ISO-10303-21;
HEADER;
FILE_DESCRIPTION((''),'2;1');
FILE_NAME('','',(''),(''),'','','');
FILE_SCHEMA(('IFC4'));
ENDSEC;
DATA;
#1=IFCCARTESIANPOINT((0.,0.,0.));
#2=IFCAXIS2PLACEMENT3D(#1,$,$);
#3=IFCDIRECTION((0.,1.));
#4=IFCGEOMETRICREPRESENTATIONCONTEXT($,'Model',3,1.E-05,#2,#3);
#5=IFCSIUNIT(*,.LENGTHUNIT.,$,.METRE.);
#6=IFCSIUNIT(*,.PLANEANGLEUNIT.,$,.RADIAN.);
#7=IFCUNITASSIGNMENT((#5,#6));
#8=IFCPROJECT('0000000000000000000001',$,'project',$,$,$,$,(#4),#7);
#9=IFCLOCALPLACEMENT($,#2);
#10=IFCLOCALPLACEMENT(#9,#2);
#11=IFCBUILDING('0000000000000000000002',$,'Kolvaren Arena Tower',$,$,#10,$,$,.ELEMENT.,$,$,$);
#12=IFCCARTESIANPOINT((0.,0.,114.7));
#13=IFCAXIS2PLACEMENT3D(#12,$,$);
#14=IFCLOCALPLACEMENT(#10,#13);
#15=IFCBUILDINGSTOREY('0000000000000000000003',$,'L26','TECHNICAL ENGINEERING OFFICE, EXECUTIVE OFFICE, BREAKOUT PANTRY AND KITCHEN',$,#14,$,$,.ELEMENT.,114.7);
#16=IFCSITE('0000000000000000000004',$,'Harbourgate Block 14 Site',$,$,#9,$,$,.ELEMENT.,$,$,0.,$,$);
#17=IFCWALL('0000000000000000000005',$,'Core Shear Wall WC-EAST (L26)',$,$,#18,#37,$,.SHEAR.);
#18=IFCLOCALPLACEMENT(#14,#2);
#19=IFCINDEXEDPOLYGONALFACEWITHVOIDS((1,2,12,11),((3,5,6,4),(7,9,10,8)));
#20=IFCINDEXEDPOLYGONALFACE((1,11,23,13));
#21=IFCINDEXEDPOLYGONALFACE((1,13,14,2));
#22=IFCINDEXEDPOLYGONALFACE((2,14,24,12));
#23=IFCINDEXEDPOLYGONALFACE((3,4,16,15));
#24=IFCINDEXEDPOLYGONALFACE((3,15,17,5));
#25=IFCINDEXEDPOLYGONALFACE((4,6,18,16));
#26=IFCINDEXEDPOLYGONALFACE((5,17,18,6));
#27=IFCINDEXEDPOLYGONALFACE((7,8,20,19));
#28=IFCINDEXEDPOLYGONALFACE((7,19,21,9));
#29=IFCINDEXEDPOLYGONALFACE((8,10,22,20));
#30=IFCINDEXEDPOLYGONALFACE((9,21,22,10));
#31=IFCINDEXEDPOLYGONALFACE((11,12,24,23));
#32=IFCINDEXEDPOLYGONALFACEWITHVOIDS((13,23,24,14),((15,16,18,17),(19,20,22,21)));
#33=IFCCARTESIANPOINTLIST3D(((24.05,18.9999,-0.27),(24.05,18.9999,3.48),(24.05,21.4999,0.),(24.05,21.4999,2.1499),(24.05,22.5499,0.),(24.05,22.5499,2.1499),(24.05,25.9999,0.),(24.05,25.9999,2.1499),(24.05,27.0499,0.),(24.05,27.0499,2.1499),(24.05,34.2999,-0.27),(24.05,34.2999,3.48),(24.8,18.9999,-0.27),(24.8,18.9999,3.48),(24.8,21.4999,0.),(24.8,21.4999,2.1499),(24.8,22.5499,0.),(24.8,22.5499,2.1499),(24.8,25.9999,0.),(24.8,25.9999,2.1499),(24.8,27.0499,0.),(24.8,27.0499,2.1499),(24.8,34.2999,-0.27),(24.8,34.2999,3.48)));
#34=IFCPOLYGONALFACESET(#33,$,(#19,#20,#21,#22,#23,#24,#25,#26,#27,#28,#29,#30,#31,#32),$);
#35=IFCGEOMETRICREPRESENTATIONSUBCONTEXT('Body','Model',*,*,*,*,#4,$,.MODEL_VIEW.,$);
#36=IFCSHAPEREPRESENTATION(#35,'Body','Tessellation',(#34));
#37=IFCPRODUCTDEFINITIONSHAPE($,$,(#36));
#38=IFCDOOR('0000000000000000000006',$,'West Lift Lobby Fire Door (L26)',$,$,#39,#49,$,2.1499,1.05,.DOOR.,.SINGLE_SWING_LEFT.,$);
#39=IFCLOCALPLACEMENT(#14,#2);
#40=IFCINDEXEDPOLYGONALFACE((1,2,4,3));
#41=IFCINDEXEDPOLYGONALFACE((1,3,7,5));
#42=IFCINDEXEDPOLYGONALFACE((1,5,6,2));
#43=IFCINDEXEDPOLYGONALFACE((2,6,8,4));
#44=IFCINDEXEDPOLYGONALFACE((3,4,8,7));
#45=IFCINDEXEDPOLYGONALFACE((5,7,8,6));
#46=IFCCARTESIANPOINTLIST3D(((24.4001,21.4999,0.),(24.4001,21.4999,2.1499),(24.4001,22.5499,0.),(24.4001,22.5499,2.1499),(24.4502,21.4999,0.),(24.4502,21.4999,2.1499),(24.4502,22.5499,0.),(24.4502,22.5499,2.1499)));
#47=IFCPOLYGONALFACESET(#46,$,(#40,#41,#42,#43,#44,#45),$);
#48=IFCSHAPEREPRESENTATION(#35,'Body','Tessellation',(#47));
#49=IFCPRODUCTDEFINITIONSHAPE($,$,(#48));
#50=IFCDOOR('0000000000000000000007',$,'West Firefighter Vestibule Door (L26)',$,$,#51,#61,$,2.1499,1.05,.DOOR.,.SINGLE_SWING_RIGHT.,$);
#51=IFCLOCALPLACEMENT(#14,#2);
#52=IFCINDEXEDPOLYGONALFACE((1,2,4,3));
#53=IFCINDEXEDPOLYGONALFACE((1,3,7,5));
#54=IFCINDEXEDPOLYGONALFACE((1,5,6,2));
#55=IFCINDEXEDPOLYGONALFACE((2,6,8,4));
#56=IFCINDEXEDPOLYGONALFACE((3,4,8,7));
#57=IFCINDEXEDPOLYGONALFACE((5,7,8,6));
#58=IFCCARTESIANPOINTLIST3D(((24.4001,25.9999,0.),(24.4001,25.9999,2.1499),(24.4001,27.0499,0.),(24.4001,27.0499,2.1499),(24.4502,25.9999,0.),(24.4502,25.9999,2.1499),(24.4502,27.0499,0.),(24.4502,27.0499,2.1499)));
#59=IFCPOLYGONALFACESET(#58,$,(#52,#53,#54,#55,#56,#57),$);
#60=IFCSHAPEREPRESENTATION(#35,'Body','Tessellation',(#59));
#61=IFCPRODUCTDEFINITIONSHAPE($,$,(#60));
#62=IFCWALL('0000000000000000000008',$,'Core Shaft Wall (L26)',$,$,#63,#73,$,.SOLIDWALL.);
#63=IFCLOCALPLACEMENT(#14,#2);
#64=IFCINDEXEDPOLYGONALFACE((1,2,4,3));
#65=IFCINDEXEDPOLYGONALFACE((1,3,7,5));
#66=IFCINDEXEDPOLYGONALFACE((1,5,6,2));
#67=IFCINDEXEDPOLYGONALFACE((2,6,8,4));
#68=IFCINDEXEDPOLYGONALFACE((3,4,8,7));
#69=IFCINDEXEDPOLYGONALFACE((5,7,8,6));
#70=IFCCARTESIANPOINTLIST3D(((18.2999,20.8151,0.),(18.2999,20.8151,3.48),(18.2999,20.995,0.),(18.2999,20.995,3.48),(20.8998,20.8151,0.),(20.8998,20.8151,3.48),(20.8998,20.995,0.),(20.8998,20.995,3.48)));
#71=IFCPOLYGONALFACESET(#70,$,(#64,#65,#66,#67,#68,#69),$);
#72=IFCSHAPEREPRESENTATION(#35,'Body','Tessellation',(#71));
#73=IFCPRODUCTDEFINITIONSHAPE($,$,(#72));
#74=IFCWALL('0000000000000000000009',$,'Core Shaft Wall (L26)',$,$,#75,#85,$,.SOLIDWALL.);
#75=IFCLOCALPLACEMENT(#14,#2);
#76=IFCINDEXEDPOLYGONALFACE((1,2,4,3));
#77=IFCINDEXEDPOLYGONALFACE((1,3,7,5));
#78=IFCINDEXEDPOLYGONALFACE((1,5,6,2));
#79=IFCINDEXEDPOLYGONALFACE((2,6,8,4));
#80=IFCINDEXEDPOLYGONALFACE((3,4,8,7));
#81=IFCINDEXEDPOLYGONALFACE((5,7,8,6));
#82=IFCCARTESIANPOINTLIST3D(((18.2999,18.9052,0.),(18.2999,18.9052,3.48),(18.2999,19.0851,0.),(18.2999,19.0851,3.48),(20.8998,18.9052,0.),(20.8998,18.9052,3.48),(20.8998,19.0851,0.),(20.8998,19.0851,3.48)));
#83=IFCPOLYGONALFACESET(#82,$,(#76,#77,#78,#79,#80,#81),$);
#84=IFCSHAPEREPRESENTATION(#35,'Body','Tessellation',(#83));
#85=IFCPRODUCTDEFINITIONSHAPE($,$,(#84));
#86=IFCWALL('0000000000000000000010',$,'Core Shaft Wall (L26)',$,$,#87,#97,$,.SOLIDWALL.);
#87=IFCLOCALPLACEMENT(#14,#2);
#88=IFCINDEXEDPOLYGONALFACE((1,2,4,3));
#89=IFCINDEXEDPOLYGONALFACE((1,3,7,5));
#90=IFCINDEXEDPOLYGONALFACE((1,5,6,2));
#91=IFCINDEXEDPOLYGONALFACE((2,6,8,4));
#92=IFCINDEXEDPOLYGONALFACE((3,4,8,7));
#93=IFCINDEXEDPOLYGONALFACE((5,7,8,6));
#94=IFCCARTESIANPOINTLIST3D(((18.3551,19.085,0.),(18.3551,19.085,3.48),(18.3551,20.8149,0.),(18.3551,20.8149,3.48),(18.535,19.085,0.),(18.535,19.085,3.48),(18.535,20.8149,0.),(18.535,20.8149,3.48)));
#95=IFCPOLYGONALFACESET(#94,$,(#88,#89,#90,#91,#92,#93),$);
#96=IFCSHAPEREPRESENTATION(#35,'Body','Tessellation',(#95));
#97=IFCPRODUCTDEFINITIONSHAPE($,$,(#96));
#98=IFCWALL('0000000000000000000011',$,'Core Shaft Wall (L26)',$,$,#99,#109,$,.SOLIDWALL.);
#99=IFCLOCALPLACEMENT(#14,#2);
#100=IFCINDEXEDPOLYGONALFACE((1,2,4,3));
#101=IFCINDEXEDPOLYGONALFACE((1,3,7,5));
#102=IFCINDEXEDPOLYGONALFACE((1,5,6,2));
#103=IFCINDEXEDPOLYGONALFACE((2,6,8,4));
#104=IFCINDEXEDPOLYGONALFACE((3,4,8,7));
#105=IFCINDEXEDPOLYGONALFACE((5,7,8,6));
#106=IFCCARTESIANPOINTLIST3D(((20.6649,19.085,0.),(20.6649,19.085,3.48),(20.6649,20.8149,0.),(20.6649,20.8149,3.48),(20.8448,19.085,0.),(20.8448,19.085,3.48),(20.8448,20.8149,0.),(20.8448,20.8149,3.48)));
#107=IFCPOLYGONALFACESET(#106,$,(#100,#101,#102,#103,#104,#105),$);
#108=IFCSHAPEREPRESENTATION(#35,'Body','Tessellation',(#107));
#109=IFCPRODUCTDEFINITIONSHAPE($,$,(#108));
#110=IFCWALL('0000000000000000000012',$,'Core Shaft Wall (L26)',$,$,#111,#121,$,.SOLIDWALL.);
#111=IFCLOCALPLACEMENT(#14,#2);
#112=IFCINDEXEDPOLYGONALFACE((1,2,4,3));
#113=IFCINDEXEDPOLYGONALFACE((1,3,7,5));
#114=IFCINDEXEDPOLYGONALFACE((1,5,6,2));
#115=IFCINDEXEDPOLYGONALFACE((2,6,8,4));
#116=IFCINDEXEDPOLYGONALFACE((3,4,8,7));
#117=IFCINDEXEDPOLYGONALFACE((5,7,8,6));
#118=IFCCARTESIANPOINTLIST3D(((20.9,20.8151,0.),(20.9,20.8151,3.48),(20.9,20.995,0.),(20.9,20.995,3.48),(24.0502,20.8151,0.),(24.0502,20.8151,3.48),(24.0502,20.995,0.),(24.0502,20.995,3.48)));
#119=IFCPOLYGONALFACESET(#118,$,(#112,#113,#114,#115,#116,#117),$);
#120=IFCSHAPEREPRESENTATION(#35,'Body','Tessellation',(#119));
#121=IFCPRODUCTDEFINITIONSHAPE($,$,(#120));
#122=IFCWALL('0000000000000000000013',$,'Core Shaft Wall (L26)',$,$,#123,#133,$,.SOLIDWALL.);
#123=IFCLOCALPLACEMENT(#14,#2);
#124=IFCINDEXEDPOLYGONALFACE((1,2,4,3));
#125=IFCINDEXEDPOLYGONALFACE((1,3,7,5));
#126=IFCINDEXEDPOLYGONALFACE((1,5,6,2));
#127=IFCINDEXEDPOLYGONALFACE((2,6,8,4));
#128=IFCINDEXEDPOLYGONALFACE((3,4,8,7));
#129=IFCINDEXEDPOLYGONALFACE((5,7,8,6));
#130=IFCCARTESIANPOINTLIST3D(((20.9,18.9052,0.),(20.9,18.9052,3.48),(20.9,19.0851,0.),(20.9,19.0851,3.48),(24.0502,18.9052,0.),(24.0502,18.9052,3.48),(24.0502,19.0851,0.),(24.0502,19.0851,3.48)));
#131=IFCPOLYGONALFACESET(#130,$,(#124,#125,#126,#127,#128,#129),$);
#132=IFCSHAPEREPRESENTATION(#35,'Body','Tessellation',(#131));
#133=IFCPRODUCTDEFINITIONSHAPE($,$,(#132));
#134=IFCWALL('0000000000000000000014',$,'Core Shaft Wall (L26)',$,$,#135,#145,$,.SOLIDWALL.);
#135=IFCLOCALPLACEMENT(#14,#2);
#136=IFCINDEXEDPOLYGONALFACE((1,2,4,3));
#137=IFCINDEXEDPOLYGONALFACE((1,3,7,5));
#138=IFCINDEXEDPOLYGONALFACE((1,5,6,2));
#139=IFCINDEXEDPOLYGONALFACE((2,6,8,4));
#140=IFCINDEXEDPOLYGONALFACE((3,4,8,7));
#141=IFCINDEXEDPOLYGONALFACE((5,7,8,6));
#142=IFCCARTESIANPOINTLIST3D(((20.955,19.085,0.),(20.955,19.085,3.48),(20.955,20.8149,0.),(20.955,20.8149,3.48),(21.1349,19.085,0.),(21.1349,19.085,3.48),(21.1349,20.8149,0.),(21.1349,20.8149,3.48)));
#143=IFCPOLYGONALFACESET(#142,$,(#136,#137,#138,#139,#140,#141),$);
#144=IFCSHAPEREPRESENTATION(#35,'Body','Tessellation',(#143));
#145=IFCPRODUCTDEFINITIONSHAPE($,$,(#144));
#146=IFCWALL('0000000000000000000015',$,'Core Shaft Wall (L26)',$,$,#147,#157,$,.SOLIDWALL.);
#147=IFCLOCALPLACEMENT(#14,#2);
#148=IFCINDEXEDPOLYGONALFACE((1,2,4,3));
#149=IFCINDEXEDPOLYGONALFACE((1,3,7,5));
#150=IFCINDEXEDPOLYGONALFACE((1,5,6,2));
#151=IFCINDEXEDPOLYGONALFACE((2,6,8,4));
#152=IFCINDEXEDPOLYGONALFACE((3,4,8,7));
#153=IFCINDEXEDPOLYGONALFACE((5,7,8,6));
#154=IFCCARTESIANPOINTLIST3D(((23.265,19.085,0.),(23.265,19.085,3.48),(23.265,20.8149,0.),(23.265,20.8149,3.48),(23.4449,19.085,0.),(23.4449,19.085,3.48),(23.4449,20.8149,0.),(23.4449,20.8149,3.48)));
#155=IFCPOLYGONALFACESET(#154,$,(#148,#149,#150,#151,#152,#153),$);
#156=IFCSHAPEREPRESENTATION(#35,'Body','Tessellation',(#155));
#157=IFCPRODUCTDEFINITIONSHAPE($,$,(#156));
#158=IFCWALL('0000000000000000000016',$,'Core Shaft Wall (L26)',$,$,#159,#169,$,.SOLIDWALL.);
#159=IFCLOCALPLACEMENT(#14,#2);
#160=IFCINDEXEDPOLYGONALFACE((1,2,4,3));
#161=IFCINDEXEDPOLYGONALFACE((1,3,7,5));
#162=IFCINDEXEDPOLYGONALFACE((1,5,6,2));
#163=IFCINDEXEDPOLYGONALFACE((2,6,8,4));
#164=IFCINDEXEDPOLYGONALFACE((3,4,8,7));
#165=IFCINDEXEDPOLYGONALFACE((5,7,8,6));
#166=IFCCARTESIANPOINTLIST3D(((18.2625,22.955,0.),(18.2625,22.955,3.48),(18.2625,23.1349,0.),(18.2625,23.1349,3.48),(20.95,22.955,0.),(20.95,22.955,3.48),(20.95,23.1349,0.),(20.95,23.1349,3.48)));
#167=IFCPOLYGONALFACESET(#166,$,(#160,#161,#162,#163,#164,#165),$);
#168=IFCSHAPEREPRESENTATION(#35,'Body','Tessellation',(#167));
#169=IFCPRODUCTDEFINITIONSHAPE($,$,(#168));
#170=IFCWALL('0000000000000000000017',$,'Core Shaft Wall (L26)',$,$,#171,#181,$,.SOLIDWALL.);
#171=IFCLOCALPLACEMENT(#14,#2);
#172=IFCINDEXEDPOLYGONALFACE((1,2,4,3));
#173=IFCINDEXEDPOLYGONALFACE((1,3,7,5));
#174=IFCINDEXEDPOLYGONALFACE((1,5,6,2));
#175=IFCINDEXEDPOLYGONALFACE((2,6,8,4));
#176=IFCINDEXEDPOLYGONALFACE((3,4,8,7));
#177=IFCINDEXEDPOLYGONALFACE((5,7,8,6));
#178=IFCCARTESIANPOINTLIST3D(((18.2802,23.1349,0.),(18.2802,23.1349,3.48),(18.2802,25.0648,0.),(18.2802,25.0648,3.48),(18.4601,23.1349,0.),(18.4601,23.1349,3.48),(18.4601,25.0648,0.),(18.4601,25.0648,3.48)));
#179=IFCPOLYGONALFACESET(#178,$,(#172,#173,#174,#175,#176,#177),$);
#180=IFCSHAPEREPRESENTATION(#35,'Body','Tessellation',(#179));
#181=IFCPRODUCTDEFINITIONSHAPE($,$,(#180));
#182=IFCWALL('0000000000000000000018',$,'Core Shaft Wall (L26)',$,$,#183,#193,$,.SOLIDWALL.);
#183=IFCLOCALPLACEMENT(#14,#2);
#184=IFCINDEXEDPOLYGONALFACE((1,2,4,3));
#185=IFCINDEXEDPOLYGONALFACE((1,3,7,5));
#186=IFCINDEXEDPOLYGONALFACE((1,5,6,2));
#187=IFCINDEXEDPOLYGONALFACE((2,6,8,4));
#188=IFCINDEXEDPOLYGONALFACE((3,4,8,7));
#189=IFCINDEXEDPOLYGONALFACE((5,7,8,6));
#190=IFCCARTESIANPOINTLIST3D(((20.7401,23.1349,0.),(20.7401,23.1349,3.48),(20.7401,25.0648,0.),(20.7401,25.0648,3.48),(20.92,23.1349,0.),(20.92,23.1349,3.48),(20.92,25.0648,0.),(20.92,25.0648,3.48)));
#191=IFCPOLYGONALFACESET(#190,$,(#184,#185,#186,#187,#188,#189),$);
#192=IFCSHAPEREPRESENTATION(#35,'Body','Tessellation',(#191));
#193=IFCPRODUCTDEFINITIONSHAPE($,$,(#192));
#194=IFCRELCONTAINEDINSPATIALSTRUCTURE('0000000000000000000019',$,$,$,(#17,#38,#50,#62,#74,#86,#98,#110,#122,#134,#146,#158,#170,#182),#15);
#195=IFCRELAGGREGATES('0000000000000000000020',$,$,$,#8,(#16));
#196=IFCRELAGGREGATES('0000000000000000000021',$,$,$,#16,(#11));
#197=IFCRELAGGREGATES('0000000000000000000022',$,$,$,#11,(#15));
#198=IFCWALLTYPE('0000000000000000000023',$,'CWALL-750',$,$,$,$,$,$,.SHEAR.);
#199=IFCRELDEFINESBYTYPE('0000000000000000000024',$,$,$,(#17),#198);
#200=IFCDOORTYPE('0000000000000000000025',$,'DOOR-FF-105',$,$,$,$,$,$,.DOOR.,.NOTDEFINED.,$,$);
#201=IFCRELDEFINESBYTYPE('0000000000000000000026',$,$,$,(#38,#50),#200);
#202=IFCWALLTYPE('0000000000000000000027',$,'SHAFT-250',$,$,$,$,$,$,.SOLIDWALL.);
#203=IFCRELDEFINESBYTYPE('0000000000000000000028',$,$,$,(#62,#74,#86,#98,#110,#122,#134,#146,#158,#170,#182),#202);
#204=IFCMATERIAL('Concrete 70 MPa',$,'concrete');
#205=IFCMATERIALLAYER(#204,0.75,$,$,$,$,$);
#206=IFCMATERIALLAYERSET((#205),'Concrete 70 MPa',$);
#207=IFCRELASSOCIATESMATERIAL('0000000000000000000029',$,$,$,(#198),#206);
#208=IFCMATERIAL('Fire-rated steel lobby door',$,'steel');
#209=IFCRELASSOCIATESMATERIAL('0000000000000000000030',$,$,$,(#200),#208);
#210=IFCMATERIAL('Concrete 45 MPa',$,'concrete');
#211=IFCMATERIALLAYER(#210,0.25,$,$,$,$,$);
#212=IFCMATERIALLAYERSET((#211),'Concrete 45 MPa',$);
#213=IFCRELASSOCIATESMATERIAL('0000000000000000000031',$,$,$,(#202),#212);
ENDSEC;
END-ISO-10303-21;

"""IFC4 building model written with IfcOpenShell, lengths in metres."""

from ifc_helpers import new_model, si_unit, direction, frame, frame_2d, origin, place, context, subcontext, project, spatial, rectangle, extrude, material, layer, layer_set, type_object, element, fill, save


model = new_model("IFC4")

# Units and contexts
model_context = context("Model", 3, precision=1e-05, world=origin(), true_north=direction((0.0, 1.0)))
body_context = subcontext(model_context, "Body", "Model", "MODEL_VIEW")
ifc_project = project(units=[si_unit("LENGTHUNIT", "METRE"), si_unit("PLANEANGLEUNIT", "RADIAN")], contexts=[model_context])

# Site, building, storey
site_placement = place(None, origin())
site = spatial("IfcSite", under=ifc_project, at=site_placement, Name="Harbourgate Block 14 Site", CompositionType="ELEMENT", RefElevation=0.0)
building_placement = place(site_placement, origin())
building = spatial("IfcBuilding", under=site, at=building_placement, Name="Kolvaren Arena Tower", CompositionType="ELEMENT")
storey_placement = place(building_placement, frame((0.0, 0.0, 114.7)))
storey = spatial("IfcBuildingStorey", under=building, at=storey_placement, Name="L26", Description="TECHNICAL ENGINEERING OFFICE, EXECUTIVE OFFICE, BREAKOUT PANTRY AND KITCHEN", CompositionType="ELEMENT", Elevation=114.7)

# Wall, openings, doors
ifc_material_1 = material(Name="Concrete 70 MPa", Category="concrete")
ifc_layer_1 = layer(ifc_material_1, 0.75)
ifc_layer_set_1 = layer_set([ifc_layer_1], Name="Concrete 70 MPa")
wall_type_1 = type_object("IfcWallType", Name="CWALL-750", PredefinedType="SHEAR", material=ifc_layer_set_1)
wall_1_placement = place(storey_placement, frame((24.425, 19.0, -0.27), z_axis=(0.0, 0.0, 1.0), x_axis=(0.0, 1.0, 0.0)))
wall_1 = element("IfcWall", 1, at=wall_1_placement, inside=storey, type_object=wall_type_1, Name="Core Shear Wall WC-EAST (L26)", PredefinedType="SHEAR", context=body_context, shape_type="SweptSolid", body=[
    extrude(rectangle(XDim=15.3, YDim=0.75, at=frame_2d((7.6499, 0.0))), origin(), (0.0, 0.0, 1.0), 3.75),
])
opening_1_placement = place(wall_1_placement, frame((2.5, 0.0, 0.27)))
opening_1 = element("IfcOpeningElement", 2, at=opening_1_placement, cuts=wall_1, PredefinedType="OPENING", context=body_context, shape_type="SweptSolid", body=[
    extrude(rectangle(XDim=1.05, YDim=2.1499, at=frame_2d((0.5249, 1.075))), frame((0.0, 0.385, 0.0), z_axis=(0.0, -1.0, 0.0), x_axis=(1.0, 0.0, 0.0)), (0.0, 0.0, 1.0), 0.77),
])
opening_2_placement = place(wall_1_placement, frame((7.0, 0.0, 0.27)))
opening_2 = element("IfcOpeningElement", 3, at=opening_2_placement, cuts=wall_1, PredefinedType="OPENING", context=body_context, shape_type="SweptSolid", body=[
    extrude(rectangle(XDim=1.05, YDim=2.1499, at=frame_2d((0.5249, 1.075))), frame((0.0, 0.385, 0.0), z_axis=(0.0, -1.0, 0.0), x_axis=(1.0, 0.0, 0.0)), (0.0, 0.0, 1.0), 0.77),
])
ifc_material_2 = material(Name="Fire-rated steel lobby door", Category="steel")
door_type = type_object("IfcDoorType", Name="DOOR-FF-105", OperationType="NOTDEFINED", PredefinedType="DOOR", material=ifc_material_2)
door_1_placement = place(opening_1_placement, origin())
door_1 = element("IfcDoor", 4, at=door_1_placement, inside=storey, type_object=door_type, Name="West Lift Lobby Fire Door (L26)", OperationType="SINGLE_SWING_LEFT", OverallHeight=2.1499, OverallWidth=1.05, PredefinedType="DOOR", context=body_context, shape_type="SweptSolid", body=[
    extrude(rectangle(XDim=1.05, YDim=2.1499, at=frame_2d((0.5249, 1.075))), frame((0.0, 0.0249, 0.0), z_axis=(0.0, -1.0, 0.0), x_axis=(1.0, 0.0, 0.0)), (0.0, 0.0, 1.0), 0.05),
])
fill(opening_1, door_1)
door_2_placement = place(opening_2_placement, origin())
door_2 = element("IfcDoor", 5, at=door_2_placement, inside=storey, type_object=door_type, Name="West Firefighter Vestibule Door (L26)", OperationType="SINGLE_SWING_RIGHT", OverallHeight=2.1499, OverallWidth=1.05, PredefinedType="DOOR", context=body_context, shape_type="SweptSolid", body=[
    extrude(rectangle(XDim=1.05, YDim=2.1499, at=frame_2d((0.5249, 1.075))), frame((0.0, 0.0249, 0.0), z_axis=(0.0, -1.0, 0.0), x_axis=(1.0, 0.0, 0.0)), (0.0, 0.0, 1.0), 0.05),
])
fill(opening_2, door_2)

# Walls
ifc_material_3 = material(Name="Concrete 45 MPa", Category="concrete")
ifc_layer_2 = layer(ifc_material_3, 0.25)
ifc_layer_set_2 = layer_set([ifc_layer_2], Name="Concrete 45 MPa")
wall_type_2 = type_object("IfcWallType", Name="SHAFT-250", PredefinedType="SOLIDWALL", material=ifc_layer_set_2)
for number, where, z_axis, x_axis, name in (
    (6, (18.3, 20.905, 0.0), (0.0, 0.0, 1.0), (1.0, 0.0, 0.0), "Core Shaft Wall (L26)"),
    (7, (18.3, 18.9951, 0.0), (0.0, 0.0, 1.0), (1.0, 0.0, 0.0), "Core Shaft Wall (L26)"),
):
    element("IfcWall", number, at=place(storey_placement, frame(where, z_axis=z_axis, x_axis=x_axis)), inside=storey, type_object=wall_type_2, Name=name, PredefinedType="SOLIDWALL", context=body_context, shape_type="SweptSolid", body=[
        extrude(rectangle(XDim=2.5999, YDim=0.1799, at=frame_2d((1.2998, 0.0))), origin(), (0.0, 0.0, 1.0), 3.48),
    ])
for number, where, z_axis, x_axis, name in (
    (8, (18.4451, 19.085, 0.0), (0.0, 0.0, 1.0), (0.0, 1.0, 0.0), "Core Shaft Wall (L26)"),
    (9, (20.7549, 19.085, 0.0), (0.0, 0.0, 1.0), (0.0, 1.0, 0.0), "Core Shaft Wall (L26)"),
):
    element("IfcWall", number, at=place(storey_placement, frame(where, z_axis=z_axis, x_axis=x_axis)), inside=storey, type_object=wall_type_2, Name=name, PredefinedType="SOLIDWALL", context=body_context, shape_type="SweptSolid", body=[
        extrude(rectangle(XDim=1.73, YDim=0.1799, at=frame_2d((0.865, 0.0))), origin(), (0.0, 0.0, 1.0), 3.48),
    ])
for number, where, z_axis, x_axis, name in (
    (10, (20.8999, 20.905, 0.0), (0.0, 0.0, 1.0), (1.0, 0.0, 0.0), "Core Shaft Wall (L26)"),
    (11, (20.8999, 18.9951, 0.0), (0.0, 0.0, 1.0), (1.0, 0.0, 0.0), "Core Shaft Wall (L26)"),
):
    element("IfcWall", number, at=place(storey_placement, frame(where, z_axis=z_axis, x_axis=x_axis)), inside=storey, type_object=wall_type_2, Name=name, PredefinedType="SOLIDWALL", context=body_context, shape_type="SweptSolid", body=[
        extrude(rectangle(XDim=3.1501, YDim=0.1799, at=frame_2d((1.5752, 0.0))), origin(), (0.0, 0.0, 1.0), 3.48),
    ])
for number, where, z_axis, x_axis, name in (
    (12, (21.0449, 19.085, 0.0), (0.0, 0.0, 1.0), (0.0, 1.0, 0.0), "Core Shaft Wall (L26)"),
    (13, (23.355, 19.085, 0.0), (0.0, 0.0, 1.0), (0.0, 1.0, 0.0), "Core Shaft Wall (L26)"),
):
    element("IfcWall", number, at=place(storey_placement, frame(where, z_axis=z_axis, x_axis=x_axis)), inside=storey, type_object=wall_type_2, Name=name, PredefinedType="SOLIDWALL", context=body_context, shape_type="SweptSolid", body=[
        extrude(rectangle(XDim=1.73, YDim=0.1799, at=frame_2d((0.865, 0.0))), origin(), (0.0, 0.0, 1.0), 3.48),
    ])
wall_2_placement = place(storey_placement, frame((18.2625, 23.0449, 0.0), z_axis=(0.0, 0.0, 1.0), x_axis=(1.0, 0.0, 0.0)))
element("IfcWall", 14, at=wall_2_placement, inside=storey, type_object=wall_type_2, Name="Core Shaft Wall (L26)", PredefinedType="SOLIDWALL", context=body_context, shape_type="SweptSolid", body=[
    extrude(rectangle(XDim=2.6875, YDim=0.1799, at=frame_2d((1.3438, 0.0))), origin(), (0.0, 0.0, 1.0), 3.48),
])
for number, where, z_axis, x_axis, name in (
    (15, (18.3701, 23.135, 0.0), (0.0, 0.0, 1.0), (0.0, 1.0, 0.0), "Core Shaft Wall (L26)"),
    (16, (20.8301, 23.135, 0.0), (0.0, 0.0, 1.0), (0.0, 1.0, 0.0), "Core Shaft Wall (L26)"),
):
    element("IfcWall", number, at=place(storey_placement, frame(where, z_axis=z_axis, x_axis=x_axis)), inside=storey, type_object=wall_type_2, Name=name, PredefinedType="SOLIDWALL", context=body_context, shape_type="SweptSolid", body=[
        extrude(rectangle(XDim=1.9299, YDim=0.1799, at=frame_2d((0.9648, 0.0))), origin(), (0.0, 0.0, 1.0), 3.48),
    ])

save(model, "model.ifc")
